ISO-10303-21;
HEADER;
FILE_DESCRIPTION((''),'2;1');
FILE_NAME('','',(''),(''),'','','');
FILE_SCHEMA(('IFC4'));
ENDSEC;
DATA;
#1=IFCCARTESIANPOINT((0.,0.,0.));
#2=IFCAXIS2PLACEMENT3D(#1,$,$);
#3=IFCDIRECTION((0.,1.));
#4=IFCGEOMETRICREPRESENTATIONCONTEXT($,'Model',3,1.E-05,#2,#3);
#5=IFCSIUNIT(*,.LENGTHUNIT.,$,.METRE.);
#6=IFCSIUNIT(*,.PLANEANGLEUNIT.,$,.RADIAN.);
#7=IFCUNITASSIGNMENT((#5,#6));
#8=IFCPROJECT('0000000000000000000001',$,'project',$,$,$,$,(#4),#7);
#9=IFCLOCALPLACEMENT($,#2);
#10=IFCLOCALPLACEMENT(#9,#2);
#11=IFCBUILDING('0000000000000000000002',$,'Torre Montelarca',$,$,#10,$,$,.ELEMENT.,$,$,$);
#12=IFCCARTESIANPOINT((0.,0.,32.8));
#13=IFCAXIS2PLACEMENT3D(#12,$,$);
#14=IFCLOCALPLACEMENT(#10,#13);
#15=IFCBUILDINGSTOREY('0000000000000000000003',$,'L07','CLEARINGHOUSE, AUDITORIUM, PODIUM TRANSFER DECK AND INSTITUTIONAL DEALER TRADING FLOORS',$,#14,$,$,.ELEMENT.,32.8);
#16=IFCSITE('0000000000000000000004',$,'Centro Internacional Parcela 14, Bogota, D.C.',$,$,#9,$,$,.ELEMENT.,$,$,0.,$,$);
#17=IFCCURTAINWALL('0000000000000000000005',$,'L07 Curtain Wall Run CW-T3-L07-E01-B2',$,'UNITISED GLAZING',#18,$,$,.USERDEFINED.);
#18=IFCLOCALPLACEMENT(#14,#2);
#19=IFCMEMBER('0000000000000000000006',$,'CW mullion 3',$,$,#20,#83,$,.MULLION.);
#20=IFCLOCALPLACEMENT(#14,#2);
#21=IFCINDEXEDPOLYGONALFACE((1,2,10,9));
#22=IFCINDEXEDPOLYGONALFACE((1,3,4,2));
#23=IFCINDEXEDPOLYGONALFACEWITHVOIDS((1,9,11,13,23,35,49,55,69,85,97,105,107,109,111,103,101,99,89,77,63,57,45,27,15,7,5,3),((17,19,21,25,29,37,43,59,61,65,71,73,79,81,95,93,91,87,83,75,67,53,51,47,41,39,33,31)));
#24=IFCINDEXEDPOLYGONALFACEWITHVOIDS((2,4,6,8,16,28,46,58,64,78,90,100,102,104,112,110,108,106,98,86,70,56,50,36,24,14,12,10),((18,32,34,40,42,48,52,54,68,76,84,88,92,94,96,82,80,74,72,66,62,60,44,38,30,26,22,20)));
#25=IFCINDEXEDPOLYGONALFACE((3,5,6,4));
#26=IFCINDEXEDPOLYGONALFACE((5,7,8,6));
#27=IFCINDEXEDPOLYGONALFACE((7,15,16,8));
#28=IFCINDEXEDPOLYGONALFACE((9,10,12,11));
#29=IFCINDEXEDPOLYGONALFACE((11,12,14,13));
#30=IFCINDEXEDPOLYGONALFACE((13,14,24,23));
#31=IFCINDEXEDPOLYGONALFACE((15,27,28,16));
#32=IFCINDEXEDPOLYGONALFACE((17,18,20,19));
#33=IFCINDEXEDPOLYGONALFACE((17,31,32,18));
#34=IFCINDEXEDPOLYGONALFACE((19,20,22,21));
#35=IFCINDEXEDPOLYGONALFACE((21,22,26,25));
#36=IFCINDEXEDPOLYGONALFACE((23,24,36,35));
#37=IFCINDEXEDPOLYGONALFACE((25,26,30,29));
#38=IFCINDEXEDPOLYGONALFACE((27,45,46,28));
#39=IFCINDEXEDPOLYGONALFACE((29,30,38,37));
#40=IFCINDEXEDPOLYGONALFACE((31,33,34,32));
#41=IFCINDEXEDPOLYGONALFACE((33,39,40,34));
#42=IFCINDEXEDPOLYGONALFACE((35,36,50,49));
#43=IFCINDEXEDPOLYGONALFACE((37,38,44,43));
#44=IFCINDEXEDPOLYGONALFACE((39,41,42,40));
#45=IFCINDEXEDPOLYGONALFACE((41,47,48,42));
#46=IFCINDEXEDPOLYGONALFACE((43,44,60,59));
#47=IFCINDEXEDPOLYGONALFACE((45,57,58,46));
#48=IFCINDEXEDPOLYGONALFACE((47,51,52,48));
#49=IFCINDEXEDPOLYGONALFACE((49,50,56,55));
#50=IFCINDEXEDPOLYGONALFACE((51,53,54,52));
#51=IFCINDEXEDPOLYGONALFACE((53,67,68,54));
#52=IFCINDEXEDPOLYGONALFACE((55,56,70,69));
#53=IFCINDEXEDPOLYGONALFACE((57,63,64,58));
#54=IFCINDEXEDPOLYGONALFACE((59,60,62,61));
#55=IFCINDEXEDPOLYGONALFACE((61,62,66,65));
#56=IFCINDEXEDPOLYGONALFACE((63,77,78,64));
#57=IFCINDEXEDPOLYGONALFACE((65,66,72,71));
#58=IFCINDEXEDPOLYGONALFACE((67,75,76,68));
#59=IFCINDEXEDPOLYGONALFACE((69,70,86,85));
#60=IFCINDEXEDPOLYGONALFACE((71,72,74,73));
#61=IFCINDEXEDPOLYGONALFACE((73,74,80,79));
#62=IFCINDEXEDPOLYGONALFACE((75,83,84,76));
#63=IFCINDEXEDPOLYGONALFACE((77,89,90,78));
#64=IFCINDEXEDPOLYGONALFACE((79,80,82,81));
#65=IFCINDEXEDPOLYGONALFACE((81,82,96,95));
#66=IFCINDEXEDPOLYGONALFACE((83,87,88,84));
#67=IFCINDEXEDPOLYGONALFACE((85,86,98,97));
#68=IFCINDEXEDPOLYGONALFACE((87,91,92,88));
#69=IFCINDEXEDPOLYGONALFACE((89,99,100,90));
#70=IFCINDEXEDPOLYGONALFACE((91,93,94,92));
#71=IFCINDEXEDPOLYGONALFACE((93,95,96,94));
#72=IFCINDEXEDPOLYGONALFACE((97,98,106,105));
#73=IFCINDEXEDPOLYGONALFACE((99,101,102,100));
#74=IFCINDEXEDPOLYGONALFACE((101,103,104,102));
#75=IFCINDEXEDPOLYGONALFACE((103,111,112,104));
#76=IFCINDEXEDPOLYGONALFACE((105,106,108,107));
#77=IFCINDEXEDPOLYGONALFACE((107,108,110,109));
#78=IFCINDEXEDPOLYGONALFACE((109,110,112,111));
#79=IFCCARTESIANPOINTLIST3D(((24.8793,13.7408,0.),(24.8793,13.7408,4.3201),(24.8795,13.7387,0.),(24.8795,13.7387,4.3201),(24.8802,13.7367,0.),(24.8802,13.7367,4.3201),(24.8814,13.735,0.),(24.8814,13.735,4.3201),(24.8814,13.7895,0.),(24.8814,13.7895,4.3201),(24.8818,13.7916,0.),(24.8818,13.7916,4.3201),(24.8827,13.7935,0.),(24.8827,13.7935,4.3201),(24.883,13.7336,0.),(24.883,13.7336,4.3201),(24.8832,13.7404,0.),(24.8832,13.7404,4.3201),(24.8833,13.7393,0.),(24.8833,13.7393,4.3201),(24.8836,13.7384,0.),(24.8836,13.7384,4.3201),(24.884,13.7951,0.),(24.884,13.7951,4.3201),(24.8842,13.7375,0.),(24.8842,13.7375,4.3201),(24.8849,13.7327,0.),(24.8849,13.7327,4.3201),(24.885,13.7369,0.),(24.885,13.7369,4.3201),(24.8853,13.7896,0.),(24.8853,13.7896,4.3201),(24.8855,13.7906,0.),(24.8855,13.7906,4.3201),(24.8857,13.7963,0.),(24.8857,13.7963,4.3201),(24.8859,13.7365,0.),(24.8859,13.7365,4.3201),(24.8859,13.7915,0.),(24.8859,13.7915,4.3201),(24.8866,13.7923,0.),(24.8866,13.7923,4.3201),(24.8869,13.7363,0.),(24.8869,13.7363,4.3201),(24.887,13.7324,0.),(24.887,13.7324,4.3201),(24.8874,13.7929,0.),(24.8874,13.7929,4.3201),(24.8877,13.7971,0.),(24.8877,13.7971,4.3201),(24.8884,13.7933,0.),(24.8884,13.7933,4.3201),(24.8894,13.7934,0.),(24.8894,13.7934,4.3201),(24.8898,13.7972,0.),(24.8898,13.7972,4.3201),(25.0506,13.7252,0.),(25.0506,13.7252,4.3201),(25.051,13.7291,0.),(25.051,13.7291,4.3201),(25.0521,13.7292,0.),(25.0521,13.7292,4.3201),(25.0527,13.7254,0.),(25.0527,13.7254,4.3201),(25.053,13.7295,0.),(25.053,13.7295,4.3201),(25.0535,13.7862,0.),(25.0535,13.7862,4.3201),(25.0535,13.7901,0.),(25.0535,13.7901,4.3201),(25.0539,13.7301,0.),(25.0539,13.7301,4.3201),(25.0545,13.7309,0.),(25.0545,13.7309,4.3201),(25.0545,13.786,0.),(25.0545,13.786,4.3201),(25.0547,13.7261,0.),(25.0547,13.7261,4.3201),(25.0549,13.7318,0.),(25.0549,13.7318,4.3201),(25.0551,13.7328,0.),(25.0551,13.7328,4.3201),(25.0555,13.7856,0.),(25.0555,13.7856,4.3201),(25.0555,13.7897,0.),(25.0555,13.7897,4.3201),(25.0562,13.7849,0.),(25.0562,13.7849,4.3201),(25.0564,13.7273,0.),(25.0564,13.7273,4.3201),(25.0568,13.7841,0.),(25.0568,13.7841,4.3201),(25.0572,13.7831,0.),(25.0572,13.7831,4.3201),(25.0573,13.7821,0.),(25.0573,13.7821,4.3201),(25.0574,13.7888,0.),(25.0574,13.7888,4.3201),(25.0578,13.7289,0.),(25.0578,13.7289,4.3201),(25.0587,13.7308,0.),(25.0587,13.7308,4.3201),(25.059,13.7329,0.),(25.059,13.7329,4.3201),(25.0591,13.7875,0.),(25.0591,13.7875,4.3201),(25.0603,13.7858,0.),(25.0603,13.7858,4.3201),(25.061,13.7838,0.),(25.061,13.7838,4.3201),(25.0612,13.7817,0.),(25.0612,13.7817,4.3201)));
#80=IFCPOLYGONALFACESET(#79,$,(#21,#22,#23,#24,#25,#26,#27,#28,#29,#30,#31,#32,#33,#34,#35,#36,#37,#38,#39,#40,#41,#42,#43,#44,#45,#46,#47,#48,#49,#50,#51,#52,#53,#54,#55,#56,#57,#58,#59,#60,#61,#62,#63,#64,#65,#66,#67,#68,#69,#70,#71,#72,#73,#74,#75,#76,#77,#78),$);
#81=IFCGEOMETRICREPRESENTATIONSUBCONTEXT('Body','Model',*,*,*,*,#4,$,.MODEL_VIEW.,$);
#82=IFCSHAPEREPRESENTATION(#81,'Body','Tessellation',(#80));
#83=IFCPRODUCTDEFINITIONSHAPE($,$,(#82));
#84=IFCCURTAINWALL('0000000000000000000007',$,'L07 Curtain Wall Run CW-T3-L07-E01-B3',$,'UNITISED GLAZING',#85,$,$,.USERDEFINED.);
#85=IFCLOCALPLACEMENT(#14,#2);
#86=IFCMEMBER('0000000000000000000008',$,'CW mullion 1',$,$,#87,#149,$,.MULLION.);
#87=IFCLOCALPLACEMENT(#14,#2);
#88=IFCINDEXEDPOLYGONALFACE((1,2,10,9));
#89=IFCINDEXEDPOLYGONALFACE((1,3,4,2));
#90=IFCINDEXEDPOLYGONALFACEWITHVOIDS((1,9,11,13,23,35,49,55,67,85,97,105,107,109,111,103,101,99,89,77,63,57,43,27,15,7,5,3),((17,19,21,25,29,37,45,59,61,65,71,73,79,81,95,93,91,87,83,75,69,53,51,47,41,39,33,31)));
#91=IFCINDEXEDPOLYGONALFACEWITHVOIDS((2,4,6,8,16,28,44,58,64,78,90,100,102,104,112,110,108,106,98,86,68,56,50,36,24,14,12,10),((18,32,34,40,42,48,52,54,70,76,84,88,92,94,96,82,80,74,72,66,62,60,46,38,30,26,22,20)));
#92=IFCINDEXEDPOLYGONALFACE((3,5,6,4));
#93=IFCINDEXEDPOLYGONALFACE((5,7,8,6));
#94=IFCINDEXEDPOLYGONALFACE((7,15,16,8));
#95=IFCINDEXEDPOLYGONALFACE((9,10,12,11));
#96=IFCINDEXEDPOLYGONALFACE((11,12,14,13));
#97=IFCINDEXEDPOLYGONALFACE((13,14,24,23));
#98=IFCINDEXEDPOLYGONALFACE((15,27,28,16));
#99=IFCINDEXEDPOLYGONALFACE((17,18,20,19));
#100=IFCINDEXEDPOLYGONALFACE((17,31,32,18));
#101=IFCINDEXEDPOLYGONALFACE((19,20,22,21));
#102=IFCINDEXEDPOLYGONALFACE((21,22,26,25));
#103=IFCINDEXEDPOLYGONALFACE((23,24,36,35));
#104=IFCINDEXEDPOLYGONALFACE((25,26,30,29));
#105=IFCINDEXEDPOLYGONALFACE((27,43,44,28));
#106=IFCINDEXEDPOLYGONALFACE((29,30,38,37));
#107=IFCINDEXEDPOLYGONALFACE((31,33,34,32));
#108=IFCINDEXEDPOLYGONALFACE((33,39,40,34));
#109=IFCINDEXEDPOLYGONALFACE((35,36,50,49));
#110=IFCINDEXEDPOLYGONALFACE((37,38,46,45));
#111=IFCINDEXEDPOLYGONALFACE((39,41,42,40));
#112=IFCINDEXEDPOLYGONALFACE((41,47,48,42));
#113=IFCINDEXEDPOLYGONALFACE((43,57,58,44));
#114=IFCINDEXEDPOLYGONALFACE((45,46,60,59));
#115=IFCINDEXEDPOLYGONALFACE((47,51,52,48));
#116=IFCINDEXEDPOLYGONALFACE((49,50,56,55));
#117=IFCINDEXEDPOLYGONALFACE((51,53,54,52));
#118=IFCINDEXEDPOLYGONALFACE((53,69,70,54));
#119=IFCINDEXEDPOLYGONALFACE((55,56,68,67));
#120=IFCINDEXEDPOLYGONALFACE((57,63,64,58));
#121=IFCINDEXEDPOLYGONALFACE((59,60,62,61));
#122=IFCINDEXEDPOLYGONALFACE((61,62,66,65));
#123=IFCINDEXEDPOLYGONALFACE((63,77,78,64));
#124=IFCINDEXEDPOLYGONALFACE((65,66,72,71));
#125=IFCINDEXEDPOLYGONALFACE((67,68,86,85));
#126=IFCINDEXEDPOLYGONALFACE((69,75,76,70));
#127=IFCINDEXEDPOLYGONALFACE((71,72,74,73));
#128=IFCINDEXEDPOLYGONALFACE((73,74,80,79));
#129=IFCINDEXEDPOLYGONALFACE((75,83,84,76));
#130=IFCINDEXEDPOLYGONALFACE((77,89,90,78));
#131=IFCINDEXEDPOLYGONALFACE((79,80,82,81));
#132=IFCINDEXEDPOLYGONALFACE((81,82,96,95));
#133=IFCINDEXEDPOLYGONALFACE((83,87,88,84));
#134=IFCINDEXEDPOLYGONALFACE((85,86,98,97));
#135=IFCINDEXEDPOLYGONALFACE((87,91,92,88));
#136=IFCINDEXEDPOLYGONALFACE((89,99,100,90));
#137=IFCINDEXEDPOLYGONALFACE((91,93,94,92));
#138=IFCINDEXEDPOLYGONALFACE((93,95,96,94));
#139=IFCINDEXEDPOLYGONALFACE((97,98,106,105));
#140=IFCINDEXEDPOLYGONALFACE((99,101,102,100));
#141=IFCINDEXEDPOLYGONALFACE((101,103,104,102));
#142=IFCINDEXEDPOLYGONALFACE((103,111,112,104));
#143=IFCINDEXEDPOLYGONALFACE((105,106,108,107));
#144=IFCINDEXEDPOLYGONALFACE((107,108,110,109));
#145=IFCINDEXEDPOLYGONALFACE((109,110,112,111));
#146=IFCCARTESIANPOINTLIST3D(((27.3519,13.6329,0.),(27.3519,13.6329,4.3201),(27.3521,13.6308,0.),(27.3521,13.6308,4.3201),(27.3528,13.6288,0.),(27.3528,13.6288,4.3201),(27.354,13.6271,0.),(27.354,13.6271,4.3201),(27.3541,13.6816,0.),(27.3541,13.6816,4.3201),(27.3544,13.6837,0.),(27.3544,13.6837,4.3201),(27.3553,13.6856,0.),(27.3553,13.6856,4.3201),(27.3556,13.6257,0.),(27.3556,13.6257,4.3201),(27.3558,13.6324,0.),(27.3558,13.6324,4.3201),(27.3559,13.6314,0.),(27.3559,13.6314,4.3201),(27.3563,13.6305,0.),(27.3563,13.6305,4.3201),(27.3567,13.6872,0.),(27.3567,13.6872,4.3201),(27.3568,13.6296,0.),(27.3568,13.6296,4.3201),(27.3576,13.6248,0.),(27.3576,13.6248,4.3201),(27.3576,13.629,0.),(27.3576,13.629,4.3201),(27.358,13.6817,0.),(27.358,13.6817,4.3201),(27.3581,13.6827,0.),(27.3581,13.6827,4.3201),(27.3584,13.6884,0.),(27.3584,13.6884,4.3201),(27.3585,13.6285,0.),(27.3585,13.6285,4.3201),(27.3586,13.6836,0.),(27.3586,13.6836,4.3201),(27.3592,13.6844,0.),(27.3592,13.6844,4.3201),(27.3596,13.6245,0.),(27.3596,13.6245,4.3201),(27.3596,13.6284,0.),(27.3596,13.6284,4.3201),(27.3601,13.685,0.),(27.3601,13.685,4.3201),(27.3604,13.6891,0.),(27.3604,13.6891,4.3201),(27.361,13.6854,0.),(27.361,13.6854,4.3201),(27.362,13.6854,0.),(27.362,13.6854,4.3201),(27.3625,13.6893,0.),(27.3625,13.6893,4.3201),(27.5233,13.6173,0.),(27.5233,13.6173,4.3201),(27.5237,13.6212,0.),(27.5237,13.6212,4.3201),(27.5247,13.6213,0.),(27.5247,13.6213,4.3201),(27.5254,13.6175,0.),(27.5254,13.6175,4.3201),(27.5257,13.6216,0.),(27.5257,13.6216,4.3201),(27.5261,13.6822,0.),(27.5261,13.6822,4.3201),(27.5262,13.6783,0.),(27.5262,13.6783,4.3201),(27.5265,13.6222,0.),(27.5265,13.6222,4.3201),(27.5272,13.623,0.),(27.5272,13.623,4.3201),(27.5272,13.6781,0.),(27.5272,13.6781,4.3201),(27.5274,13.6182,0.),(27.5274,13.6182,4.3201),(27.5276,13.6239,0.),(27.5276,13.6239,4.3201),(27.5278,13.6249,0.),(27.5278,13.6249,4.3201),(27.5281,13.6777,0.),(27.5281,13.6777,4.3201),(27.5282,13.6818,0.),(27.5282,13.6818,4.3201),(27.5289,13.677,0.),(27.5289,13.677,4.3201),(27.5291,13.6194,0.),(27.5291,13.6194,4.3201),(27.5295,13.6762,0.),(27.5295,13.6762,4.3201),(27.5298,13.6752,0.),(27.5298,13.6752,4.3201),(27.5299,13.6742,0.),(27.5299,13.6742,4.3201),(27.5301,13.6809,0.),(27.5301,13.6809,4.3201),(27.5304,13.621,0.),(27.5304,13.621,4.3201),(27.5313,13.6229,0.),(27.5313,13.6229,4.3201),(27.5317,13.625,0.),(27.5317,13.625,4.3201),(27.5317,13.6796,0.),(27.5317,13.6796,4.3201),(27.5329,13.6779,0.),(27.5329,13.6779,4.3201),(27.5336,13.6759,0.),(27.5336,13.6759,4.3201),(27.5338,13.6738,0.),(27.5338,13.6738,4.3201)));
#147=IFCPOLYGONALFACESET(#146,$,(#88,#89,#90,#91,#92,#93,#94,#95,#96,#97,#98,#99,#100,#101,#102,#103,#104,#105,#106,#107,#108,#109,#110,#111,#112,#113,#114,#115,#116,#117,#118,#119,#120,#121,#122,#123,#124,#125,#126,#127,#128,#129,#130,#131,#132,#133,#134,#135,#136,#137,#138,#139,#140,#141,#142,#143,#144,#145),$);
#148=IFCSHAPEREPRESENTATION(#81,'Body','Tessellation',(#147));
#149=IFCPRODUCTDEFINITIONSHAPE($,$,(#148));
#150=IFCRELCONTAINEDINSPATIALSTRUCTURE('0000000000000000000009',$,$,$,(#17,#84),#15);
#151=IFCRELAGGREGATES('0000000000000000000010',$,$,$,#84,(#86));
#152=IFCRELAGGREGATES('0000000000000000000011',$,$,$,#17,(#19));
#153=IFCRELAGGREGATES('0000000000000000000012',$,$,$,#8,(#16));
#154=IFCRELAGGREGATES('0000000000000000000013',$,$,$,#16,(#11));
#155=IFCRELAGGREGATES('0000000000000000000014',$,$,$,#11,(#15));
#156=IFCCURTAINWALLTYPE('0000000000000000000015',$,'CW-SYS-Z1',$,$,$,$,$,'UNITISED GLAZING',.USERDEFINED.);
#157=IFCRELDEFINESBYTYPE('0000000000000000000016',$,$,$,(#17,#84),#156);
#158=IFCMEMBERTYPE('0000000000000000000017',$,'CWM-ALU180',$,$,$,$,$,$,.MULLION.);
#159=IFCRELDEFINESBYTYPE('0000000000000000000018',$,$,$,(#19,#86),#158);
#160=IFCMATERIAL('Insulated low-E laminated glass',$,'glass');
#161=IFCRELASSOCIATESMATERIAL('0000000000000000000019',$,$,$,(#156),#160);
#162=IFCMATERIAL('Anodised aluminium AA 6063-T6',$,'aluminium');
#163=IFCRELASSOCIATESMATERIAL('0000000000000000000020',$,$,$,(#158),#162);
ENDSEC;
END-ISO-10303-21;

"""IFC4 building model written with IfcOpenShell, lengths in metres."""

from ifc_helpers import new_model, si_unit, direction, frame, origin, origin_2d, place, context, subcontext, project, spatial, hollow_rectangle, extrude, source, transform, mapped, material, material_profile, profile_set, type_object, element, aggregate, save


model = new_model("IFC4")

# Units and contexts
model_context = context("Model", 3, precision=1e-05, world=origin(), true_north=direction((0.0, 1.0)))
body_context = subcontext(model_context, "Body", "Model", "MODEL_VIEW")
ifc_project = project(units=[si_unit("LENGTHUNIT", "METRE"), si_unit("PLANEANGLEUNIT", "RADIAN")], contexts=[model_context])

# Site, building, storey
site_placement = place(None, origin())
site = spatial("IfcSite", under=ifc_project, at=site_placement, Name="Centro Internacional Parcela 14, Bogota, D.C.", CompositionType="ELEMENT", RefElevation=0.0)
building_placement = place(site_placement, origin())
building = spatial("IfcBuilding", under=site, at=building_placement, Name="Torre Montelarca", CompositionType="ELEMENT")
storey_placement = place(building_placement, frame((0.0, 0.0, 32.8)))
storey = spatial("IfcBuildingStorey", under=building, at=storey_placement, Name="L07", Description="CLEARINGHOUSE, AUDITORIUM, PODIUM TRANSFER DECK AND INSTITUTIONAL DEALER TRADING FLOORS", CompositionType="ELEMENT", Elevation=32.8)

# Curtain wall, member
ifc_material_1 = material(Name="Insulated low-E laminated glass", Category="glass")
curtain_wall_type = type_object("IfcCurtainWallType", Name="CW-SYS-Z1", ElementType="UNITISED GLAZING", PredefinedType="USERDEFINED", material=ifc_material_1)
curtain_wall_1_placement = place(storey_placement, origin())
curtain_wall_1 = element("IfcCurtainWall", 1, at=curtain_wall_1_placement, inside=storey, type_object=curtain_wall_type, Name="L07 Curtain Wall Run CW-T3-L07-E01-B2", ObjectType="UNITISED GLAZING", PredefinedType="USERDEFINED")
ifc_material_2 = material(Name="Anodised aluminium AA 6063-T6", Category="aluminium")
ifc_material_profile_1 = material_profile(ifc_material_2, hollow_rectangle(XDim=0.0649, YDim=0.1799, WallThickness=0.0039, InnerFilletRadius=0.0039, OuterFilletRadius=0.0081, at=origin_2d()), Name="ALU65X180X4", Category="aluminium")
ifc_profile_set_1 = profile_set([ifc_material_profile_1], Name="Anodised aluminium AA 6063-T6")
member_type_1 = type_object("IfcMemberType", Name="CWM-ALU180", PredefinedType="MULLION", material=ifc_profile_set_1)
shared_shape_1 = source(origin(), body_context, "Body", "SweptSolid", [
    extrude(hollow_rectangle(XDim=0.0649, YDim=0.1799, WallThickness=0.0039, InnerFilletRadius=0.0039, OuterFilletRadius=0.0081, at=origin_2d()), origin(), (0.0, 0.0, 1.0), 4.3201),
])
member_1_placement = place(storey_placement, frame((24.9702, 13.7612, 0.0), z_axis=(0.0, 0.0, 1.0), x_axis=(0.043631, 0.999048, 0.0)))
member_1 = element("IfcMember", 2, at=member_1_placement, type_object=member_type_1, Name="CW mullion 3", PredefinedType="MULLION", context=body_context, shape_type="MappedRepresentation", body=[
    mapped(shared_shape_1, transform((0.0, 0.0, 0.0), scale=1.0)),
])

# Curtain wall, member
curtain_wall_2_placement = place(storey_placement, origin())
curtain_wall_2 = element("IfcCurtainWall", 3, at=curtain_wall_2_placement, inside=storey, type_object=curtain_wall_type, Name="L07 Curtain Wall Run CW-T3-L07-E01-B3", ObjectType="UNITISED GLAZING", PredefinedType="USERDEFINED")
member_2_placement = place(storey_placement, frame((27.4429, 13.6533, 0.0), z_axis=(0.0, 0.0, 1.0), x_axis=(0.043606, 0.999049, 0.0)))
member_2 = element("IfcMember", 4, at=member_2_placement, type_object=member_type_1, Name="CW mullion 1", PredefinedType="MULLION", context=body_context, shape_type="MappedRepresentation", body=[
    mapped(shared_shape_1, transform((0.0, 0.0, 0.0), scale=1.0)),
])

aggregate(curtain_wall_2, [member_2])

aggregate(curtain_wall_1, [member_1])

save(model, "model.ifc")
